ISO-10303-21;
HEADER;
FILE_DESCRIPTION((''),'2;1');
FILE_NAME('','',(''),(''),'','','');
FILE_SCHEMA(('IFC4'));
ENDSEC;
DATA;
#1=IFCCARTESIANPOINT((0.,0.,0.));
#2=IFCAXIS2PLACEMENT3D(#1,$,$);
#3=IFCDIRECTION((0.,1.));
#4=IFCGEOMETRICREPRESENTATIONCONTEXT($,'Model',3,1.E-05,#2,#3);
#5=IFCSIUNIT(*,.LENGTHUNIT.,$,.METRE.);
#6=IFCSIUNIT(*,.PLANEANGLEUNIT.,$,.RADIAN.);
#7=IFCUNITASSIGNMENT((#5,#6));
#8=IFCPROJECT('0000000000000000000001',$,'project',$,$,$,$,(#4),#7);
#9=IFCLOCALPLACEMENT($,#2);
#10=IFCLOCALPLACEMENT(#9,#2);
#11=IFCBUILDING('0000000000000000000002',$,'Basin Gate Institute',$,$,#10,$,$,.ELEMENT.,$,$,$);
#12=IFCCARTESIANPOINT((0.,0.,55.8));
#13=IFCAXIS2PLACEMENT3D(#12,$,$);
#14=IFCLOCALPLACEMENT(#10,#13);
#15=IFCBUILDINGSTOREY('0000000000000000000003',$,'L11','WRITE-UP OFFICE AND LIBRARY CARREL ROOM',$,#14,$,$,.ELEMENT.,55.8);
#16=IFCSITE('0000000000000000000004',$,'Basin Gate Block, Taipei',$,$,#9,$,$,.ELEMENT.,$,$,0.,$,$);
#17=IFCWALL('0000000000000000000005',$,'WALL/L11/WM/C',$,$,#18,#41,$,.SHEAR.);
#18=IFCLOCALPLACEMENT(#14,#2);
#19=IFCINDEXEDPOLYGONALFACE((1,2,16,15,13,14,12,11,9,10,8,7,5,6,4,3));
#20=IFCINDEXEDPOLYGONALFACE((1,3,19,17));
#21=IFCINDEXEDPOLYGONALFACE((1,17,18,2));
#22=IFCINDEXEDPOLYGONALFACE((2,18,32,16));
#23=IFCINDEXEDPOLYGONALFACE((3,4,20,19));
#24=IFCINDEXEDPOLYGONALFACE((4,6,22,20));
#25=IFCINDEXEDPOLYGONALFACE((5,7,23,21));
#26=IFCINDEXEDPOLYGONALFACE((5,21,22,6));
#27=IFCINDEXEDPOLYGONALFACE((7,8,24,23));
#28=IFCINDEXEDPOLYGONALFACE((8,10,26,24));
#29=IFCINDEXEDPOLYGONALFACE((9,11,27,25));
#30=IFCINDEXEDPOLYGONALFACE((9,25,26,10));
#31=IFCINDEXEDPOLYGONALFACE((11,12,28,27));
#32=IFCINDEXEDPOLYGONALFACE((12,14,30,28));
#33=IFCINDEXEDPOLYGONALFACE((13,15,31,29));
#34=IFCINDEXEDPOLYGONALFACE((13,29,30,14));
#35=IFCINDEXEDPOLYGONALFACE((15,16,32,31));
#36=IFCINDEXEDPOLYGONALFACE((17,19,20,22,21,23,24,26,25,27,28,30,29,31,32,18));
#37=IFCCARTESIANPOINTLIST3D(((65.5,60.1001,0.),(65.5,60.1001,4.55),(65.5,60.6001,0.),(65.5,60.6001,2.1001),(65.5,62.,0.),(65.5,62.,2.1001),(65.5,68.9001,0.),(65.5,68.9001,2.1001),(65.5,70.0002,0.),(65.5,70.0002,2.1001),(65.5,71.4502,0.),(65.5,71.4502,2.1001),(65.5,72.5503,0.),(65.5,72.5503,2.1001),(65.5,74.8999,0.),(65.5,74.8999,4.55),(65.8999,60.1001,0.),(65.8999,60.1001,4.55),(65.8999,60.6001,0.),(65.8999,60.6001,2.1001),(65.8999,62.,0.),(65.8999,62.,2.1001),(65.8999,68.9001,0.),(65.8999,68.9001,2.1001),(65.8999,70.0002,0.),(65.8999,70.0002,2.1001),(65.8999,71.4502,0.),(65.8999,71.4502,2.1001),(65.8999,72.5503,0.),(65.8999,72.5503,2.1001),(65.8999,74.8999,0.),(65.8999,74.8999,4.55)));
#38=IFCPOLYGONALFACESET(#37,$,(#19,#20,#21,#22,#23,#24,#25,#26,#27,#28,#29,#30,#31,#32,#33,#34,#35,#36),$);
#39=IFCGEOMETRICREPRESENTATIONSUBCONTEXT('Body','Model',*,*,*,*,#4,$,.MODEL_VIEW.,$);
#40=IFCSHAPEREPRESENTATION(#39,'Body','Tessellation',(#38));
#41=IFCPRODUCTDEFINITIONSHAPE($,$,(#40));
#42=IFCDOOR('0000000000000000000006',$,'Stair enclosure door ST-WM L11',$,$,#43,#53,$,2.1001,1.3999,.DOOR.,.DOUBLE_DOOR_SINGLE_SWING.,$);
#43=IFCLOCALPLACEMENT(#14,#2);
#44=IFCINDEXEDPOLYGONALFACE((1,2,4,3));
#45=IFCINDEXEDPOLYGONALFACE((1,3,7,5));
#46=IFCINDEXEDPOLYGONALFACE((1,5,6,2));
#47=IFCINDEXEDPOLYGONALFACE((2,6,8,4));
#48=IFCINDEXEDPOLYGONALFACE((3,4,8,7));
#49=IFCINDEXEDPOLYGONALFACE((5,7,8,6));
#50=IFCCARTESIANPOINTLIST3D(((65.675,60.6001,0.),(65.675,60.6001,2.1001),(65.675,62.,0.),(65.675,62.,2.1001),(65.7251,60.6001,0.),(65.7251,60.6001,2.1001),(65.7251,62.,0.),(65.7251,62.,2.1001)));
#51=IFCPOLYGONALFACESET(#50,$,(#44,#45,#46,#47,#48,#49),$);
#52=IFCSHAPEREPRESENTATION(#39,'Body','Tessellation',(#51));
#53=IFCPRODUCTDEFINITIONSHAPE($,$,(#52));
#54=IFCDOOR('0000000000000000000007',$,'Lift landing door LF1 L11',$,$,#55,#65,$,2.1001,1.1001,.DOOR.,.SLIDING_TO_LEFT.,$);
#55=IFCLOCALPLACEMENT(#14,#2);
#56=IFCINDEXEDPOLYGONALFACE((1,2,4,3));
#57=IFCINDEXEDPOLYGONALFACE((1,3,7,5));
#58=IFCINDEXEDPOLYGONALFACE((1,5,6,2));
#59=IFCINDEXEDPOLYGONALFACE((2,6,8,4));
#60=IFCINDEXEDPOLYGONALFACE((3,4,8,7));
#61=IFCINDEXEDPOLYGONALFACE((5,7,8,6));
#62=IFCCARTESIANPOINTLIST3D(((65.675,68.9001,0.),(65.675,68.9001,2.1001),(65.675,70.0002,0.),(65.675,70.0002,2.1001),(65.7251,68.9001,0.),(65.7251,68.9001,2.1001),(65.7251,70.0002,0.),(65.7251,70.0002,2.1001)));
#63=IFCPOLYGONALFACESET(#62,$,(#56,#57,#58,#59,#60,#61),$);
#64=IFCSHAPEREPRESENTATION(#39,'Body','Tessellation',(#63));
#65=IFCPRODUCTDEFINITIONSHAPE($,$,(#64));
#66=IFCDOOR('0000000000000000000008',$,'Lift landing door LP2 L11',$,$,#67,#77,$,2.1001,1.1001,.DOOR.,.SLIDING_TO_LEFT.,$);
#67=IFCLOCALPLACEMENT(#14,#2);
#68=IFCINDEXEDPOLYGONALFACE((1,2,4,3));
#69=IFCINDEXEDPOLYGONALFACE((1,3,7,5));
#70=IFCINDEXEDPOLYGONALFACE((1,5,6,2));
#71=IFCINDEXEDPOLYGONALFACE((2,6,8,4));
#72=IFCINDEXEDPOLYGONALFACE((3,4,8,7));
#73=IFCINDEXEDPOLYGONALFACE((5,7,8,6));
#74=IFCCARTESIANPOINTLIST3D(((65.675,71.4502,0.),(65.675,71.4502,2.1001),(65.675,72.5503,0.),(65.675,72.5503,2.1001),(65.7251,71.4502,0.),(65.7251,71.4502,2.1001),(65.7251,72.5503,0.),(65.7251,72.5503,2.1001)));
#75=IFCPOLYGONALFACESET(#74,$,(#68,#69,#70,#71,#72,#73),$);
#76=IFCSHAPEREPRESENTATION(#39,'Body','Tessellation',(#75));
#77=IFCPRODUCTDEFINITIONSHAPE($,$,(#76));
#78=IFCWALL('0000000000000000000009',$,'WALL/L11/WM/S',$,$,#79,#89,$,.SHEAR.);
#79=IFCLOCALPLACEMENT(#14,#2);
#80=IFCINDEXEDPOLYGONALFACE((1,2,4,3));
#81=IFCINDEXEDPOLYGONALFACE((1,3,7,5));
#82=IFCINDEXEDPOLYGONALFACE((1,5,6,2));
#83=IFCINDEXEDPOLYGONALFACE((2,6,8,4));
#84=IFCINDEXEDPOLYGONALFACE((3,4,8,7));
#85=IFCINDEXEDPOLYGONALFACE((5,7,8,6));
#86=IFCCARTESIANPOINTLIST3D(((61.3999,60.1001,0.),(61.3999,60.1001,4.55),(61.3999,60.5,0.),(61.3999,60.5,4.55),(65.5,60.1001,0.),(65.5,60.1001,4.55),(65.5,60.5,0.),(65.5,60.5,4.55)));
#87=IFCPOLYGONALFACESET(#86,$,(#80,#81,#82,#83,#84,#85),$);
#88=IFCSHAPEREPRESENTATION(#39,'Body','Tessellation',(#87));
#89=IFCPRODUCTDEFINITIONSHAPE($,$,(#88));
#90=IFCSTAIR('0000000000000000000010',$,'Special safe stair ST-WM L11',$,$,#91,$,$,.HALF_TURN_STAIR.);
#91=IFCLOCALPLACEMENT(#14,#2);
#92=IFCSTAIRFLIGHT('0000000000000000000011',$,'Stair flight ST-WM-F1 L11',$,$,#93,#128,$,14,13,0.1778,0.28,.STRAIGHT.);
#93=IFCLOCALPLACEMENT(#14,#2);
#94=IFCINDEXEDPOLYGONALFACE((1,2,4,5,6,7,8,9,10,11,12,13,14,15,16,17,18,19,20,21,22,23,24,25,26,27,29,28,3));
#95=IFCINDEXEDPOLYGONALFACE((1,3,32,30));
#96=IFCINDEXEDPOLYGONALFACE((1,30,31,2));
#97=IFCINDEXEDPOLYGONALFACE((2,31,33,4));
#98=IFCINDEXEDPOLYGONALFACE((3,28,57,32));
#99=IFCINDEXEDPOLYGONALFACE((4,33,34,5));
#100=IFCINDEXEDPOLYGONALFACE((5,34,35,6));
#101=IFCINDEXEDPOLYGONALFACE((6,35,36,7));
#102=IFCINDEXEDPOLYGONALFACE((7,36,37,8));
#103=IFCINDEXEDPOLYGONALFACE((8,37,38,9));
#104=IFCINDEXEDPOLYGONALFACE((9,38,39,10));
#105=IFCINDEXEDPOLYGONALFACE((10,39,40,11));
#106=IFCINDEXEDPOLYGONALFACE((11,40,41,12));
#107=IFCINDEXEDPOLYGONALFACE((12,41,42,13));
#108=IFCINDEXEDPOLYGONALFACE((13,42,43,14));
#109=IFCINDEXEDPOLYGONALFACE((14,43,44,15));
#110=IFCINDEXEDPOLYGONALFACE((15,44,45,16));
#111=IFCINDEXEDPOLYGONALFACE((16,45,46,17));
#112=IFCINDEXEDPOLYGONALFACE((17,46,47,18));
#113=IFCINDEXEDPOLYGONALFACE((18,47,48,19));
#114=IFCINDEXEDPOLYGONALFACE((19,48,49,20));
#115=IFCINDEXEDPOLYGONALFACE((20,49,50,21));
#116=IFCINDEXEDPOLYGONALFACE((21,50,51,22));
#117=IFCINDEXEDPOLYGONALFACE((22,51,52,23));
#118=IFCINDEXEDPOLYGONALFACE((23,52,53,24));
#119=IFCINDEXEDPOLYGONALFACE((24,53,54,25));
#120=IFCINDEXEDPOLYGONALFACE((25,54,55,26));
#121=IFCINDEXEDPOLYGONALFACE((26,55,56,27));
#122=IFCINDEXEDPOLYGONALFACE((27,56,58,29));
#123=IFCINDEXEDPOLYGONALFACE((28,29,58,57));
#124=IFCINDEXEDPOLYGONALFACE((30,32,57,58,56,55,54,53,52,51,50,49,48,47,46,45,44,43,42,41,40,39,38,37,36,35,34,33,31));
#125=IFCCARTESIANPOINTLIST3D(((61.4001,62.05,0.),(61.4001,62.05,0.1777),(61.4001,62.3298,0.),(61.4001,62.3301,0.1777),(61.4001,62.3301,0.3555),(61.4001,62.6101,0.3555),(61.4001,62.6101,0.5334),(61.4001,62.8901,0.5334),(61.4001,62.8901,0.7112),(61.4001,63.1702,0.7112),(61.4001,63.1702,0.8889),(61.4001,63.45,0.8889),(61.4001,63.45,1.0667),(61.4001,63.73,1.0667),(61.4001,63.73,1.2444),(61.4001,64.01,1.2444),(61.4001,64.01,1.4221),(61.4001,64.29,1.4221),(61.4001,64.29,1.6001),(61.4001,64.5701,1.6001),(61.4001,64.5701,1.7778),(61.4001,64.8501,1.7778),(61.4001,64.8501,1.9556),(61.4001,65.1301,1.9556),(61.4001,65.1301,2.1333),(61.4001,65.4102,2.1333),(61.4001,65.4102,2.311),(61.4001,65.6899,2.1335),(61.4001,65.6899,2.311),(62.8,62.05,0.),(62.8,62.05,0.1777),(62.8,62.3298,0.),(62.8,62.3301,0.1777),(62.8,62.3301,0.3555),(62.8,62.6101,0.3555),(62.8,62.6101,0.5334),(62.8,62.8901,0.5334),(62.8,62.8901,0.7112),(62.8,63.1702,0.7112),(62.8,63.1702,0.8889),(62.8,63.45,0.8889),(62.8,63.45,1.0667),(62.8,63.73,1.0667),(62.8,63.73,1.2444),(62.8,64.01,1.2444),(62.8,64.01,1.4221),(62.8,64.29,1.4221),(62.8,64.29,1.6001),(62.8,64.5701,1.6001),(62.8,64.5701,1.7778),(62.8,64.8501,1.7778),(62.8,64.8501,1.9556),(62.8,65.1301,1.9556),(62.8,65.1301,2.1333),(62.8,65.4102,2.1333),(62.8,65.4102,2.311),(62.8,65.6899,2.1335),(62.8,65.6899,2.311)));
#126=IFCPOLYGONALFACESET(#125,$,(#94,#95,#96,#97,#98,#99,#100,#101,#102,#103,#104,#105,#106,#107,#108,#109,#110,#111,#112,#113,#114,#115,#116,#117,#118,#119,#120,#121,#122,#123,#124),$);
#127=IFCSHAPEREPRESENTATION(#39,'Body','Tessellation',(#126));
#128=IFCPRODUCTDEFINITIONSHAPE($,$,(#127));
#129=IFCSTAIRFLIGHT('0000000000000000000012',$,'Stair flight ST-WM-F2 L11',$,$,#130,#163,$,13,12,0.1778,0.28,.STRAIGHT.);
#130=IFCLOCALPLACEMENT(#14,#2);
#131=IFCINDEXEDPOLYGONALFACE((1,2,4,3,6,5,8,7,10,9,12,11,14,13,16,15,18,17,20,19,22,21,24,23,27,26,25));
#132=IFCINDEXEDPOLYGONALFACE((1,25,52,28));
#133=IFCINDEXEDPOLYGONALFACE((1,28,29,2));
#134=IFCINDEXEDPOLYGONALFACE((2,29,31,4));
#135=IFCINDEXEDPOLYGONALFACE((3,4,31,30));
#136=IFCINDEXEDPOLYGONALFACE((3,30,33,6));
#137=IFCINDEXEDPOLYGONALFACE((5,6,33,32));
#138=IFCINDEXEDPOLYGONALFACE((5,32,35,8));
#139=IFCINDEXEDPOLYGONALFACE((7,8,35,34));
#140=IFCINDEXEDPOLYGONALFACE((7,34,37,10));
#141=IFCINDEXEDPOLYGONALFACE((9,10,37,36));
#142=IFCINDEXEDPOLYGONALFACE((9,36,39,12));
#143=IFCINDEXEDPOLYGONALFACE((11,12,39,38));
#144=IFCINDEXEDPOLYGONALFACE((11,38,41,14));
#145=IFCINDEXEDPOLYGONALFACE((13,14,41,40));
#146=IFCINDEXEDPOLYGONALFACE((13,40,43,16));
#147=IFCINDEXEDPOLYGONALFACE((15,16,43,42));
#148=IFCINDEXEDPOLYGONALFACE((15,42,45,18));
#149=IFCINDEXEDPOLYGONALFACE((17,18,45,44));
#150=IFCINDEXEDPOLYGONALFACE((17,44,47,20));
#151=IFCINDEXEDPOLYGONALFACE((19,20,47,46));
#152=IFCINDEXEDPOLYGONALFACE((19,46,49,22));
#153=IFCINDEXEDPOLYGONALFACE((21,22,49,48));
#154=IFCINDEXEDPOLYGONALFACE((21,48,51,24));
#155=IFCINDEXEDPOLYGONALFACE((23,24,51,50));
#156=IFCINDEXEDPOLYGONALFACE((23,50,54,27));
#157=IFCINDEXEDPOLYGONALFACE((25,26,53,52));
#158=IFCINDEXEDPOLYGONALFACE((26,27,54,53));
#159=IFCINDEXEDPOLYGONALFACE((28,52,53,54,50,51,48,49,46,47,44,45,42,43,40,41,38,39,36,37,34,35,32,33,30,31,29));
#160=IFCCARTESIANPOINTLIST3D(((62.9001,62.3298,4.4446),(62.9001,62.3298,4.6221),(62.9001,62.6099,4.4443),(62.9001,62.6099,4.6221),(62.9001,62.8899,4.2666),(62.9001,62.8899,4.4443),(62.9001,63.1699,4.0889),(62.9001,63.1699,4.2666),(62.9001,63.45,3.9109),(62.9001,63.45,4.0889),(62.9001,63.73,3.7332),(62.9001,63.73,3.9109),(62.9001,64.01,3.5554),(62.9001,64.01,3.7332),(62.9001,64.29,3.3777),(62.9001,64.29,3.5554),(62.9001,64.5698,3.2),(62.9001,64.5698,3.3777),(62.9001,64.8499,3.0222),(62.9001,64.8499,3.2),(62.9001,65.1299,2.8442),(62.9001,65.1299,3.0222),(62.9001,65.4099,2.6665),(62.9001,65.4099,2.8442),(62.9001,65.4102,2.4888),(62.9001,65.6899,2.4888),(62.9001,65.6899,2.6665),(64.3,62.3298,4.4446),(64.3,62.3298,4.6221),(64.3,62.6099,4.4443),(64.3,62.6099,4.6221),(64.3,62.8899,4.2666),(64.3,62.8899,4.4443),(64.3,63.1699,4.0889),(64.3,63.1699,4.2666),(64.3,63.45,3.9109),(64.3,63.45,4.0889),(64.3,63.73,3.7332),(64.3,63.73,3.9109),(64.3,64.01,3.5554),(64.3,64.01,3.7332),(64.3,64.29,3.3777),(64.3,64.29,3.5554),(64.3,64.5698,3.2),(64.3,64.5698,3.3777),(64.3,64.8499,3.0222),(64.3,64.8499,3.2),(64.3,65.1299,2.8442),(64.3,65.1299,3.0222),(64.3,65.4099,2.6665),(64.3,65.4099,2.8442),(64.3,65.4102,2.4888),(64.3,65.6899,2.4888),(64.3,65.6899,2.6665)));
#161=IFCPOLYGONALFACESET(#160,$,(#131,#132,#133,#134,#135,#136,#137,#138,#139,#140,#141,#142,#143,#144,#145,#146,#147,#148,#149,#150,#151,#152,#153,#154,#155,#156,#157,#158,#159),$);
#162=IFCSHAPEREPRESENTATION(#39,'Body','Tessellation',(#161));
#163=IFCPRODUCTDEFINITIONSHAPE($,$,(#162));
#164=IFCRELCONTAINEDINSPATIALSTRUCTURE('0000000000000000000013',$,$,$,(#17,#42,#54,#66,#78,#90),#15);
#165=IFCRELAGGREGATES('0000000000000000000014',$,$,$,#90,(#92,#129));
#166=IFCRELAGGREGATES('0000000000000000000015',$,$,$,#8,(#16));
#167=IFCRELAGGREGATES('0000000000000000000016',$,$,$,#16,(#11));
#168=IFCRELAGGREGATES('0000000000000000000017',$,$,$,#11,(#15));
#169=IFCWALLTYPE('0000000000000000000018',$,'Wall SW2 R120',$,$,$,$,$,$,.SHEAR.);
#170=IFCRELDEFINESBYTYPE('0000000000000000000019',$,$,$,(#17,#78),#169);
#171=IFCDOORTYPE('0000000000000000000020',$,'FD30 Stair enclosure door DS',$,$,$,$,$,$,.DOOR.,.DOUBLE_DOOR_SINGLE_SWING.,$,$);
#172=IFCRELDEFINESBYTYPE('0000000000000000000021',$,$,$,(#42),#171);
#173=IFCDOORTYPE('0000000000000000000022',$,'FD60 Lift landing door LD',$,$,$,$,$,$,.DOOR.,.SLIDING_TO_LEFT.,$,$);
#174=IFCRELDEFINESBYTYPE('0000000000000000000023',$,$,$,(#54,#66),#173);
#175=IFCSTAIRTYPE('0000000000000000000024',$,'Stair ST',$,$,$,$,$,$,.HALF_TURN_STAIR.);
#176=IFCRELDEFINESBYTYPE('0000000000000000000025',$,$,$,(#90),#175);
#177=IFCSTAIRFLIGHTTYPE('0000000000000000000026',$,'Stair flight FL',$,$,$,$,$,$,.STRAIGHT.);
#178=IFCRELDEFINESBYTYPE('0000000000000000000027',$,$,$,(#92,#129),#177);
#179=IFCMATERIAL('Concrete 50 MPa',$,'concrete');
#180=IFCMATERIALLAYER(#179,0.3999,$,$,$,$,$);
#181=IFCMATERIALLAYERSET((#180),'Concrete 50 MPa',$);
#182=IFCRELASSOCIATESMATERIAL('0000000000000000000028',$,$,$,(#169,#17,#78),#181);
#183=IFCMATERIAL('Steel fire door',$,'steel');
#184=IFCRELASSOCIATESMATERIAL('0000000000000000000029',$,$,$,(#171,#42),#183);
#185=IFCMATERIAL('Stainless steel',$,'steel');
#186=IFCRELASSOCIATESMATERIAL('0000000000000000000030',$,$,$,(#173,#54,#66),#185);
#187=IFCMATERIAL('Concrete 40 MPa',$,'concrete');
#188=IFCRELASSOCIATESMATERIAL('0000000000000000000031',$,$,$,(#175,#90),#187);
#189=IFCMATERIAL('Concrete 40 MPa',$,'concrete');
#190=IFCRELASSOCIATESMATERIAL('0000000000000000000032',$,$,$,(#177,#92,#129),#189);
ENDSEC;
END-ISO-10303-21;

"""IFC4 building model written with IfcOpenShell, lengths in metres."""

from ifc_helpers import new_model, si_unit, direction, frame, frame_2d, origin, place, context, subcontext, project, spatial, polyline, rectangle, outline, extrude, material, layer, layer_set, type_object, element, fill, aggregate, save


model = new_model("IFC4")

# Units and contexts
model_context = context("Model", 3, precision=1e-05, world=origin(), true_north=direction((0.0, 1.0)))
body_context = subcontext(model_context, "Body", "Model", "MODEL_VIEW")
ifc_project = project(units=[si_unit("LENGTHUNIT", "METRE"), si_unit("PLANEANGLEUNIT", "RADIAN")], contexts=[model_context])

# Site, building, storey
site_placement = place(None, origin())
site = spatial("IfcSite", under=ifc_project, at=site_placement, Name="Basin Gate Block, Taipei", CompositionType="ELEMENT", RefElevation=0.0)
building_placement = place(site_placement, origin())
building = spatial("IfcBuilding", under=site, at=building_placement, Name="Basin Gate Institute", CompositionType="ELEMENT")
storey_placement = place(building_placement, frame((0.0, 0.0, 55.8)))
storey = spatial("IfcBuildingStorey", under=building, at=storey_placement, Name="L11", Description="WRITE-UP OFFICE AND LIBRARY CARREL ROOM", CompositionType="ELEMENT", Elevation=55.8)

# Wall, openings, doors
ifc_material_1 = material(Name="Concrete 50 MPa", Category="concrete")
ifc_layer_1 = layer(ifc_material_1, 0.3999)
ifc_layer_set_1 = layer_set([ifc_layer_1], Name="Concrete 50 MPa")
wall_type_1 = type_object("IfcWallType", Name="Wall SW2 R120", PredefinedType="SHEAR", material=ifc_layer_set_1)
wall_1_placement = place(storey_placement, frame((65.7, 60.1001, 0.0), z_axis=(0.0, 0.0, 1.0), x_axis=(0.0, 1.0, 0.0)))
wall_1 = element("IfcWall", 1, at=wall_1_placement, inside=storey, type_object=wall_type_1, material=ifc_layer_set_1, Name="WALL/L11/WM/C", PredefinedType="SHEAR", context=body_context, shape_type="SweptSolid", body=[
    extrude(rectangle(XDim=14.7998, YDim=0.3999, at=frame_2d((7.3999, 0.0))), origin(), (0.0, 0.0, 1.0), 4.55),
])
opening_1_placement = place(wall_1_placement, frame((0.5, 0.0, 0.0)))
opening_1 = element("IfcOpeningElement", 2, at=opening_1_placement, cuts=wall_1, PredefinedType="OPENING", context=body_context, shape_type="SweptSolid", body=[
    extrude(rectangle(XDim=1.3999, YDim=2.1001, at=frame_2d((0.7, 1.05))), frame((0.0, 0.21, 0.0), z_axis=(0.0, -1.0, 0.0), x_axis=(1.0, 0.0, 0.0)), (0.0, 0.0, 1.0), 0.4199),
])
opening_2_placement = place(wall_1_placement, frame((8.8, 0.0, 0.0)))
opening_2 = element("IfcOpeningElement", 3, at=opening_2_placement, cuts=wall_1, PredefinedType="OPENING", context=body_context, shape_type="SweptSolid", body=[
    extrude(rectangle(XDim=1.1001, YDim=2.1001, at=frame_2d((0.55, 1.05))), frame((0.0, 0.21, 0.0), z_axis=(0.0, -1.0, 0.0), x_axis=(1.0, 0.0, 0.0)), (0.0, 0.0, 1.0), 0.4199),
])
opening_3_placement = place(wall_1_placement, frame((11.3501, 0.0, 0.0)))
opening_3 = element("IfcOpeningElement", 4, at=opening_3_placement, cuts=wall_1, PredefinedType="OPENING", context=body_context, shape_type="SweptSolid", body=[
    extrude(rectangle(XDim=1.1001, YDim=2.1001, at=frame_2d((0.55, 1.05))), frame((0.0, 0.21, 0.0), z_axis=(0.0, -1.0, 0.0), x_axis=(1.0, 0.0, 0.0)), (0.0, 0.0, 1.0), 0.4199),
])
ifc_material_2 = material(Name="Steel fire door", Category="steel")
door_type_1 = type_object("IfcDoorType", Name="FD30 Stair enclosure door DS", OperationType="DOUBLE_DOOR_SINGLE_SWING", PredefinedType="DOOR", material=ifc_material_2)
door_1_placement = place(opening_1_placement, origin())
door_1 = element("IfcDoor", 5, at=door_1_placement, inside=storey, type_object=door_type_1, material=ifc_material_2, Name="Stair enclosure door ST-WM L11", OperationType="DOUBLE_DOOR_SINGLE_SWING", OverallHeight=2.1001, OverallWidth=1.3999, PredefinedType="DOOR", context=body_context, shape_type="SweptSolid", body=[
    extrude(rectangle(XDim=1.3999, YDim=2.1001, at=frame_2d((0.7, 1.05))), frame((0.0, 0.0249, 0.0), z_axis=(0.0, -1.0, 0.0), x_axis=(1.0, 0.0, 0.0)), (0.0, 0.0, 1.0), 0.05),
])
fill(opening_1, door_1)
ifc_material_3 = material(Name="Stainless steel", Category="steel")
door_type_2 = type_object("IfcDoorType", Name="FD60 Lift landing door LD", OperationType="SLIDING_TO_LEFT", PredefinedType="DOOR", material=ifc_material_3)
door_2_placement = place(opening_2_placement, origin())
door_2 = element("IfcDoor", 6, at=door_2_placement, inside=storey, type_object=door_type_2, material=ifc_material_3, Name="Lift landing door LF1 L11", OperationType="SLIDING_TO_LEFT", OverallHeight=2.1001, OverallWidth=1.1001, PredefinedType="DOOR", context=body_context, shape_type="SweptSolid", body=[
    extrude(rectangle(XDim=1.1001, YDim=2.1001, at=frame_2d((0.55, 1.05))), frame((0.0, 0.0249, 0.0), z_axis=(0.0, -1.0, 0.0), x_axis=(1.0, 0.0, 0.0)), (0.0, 0.0, 1.0), 0.05),
])
fill(opening_2, door_2)
door_3_placement = place(opening_3_placement, origin())
door_3 = element("IfcDoor", 7, at=door_3_placement, inside=storey, type_object=door_type_2, material=ifc_material_3, Name="Lift landing door LP2 L11", OperationType="SLIDING_TO_LEFT", OverallHeight=2.1001, OverallWidth=1.1001, PredefinedType="DOOR", context=body_context, shape_type="SweptSolid", body=[
    extrude(rectangle(XDim=1.1001, YDim=2.1001, at=frame_2d((0.55, 1.05))), frame((0.0, 0.0249, 0.0), z_axis=(0.0, -1.0, 0.0), x_axis=(1.0, 0.0, 0.0)), (0.0, 0.0, 1.0), 0.05),
])
fill(opening_3, door_3)

# Wall
wall_2_placement = place(storey_placement, frame((61.3999, 60.3, 0.0), z_axis=(0.0, 0.0, 1.0), x_axis=(1.0, 0.0, 0.0)))
element("IfcWall", 8, at=wall_2_placement, inside=storey, type_object=wall_type_1, material=ifc_layer_set_1, Name="WALL/L11/WM/S", PredefinedType="SHEAR", context=body_context, shape_type="SweptSolid", body=[
    extrude(rectangle(XDim=4.1001, YDim=0.3999, at=frame_2d((2.05, 0.0))), origin(), (0.0, 0.0, 1.0), 4.55),
])

# Stair, stair flights
ifc_material_4 = material(Name="Concrete 40 MPa", Category="concrete")
stair_type = type_object("IfcStairType", Name="Stair ST", PredefinedType="HALF_TURN_STAIR", material=ifc_material_4)
stair_placement = place(storey_placement, origin())
stair = element("IfcStair", 9, at=stair_placement, inside=storey, type_object=stair_type, material=ifc_material_4, Name="Special safe stair ST-WM L11", PredefinedType="HALF_TURN_STAIR")
ifc_material_5 = material(Name="Concrete 40 MPa", Category="concrete")
stair_flight_type = type_object("IfcStairFlightType", Name="Stair flight FL", PredefinedType="STRAIGHT", material=ifc_material_5)
stair_flight_1_placement = place(storey_placement, frame((62.1001, 62.05, 0.0), z_axis=(0.0, 0.0, 1.0), x_axis=(0.0, 1.0, 0.0)))
stair_flight_1 = element("IfcStairFlight", 10, at=stair_flight_1_placement, type_object=stair_flight_type, material=ifc_material_5, Name="Stair flight ST-WM-F1 L11", NumberOfRisers=14, NumberOfTreads=13, PredefinedType="STRAIGHT", RiserHeight=0.1778, TreadLength=0.28, context=body_context, shape_type="SweptSolid", body=[
    extrude(outline(polyline([(0.0, 0.0), (0.0, 0.1777), (0.28, 0.1777), (0.28, 0.3555), (0.5601, 0.3555), (0.5601, 0.5334), (0.8401, 0.5334), (0.8401, 0.7112), (1.1201, 0.7112), (1.1201, 0.8889), (1.3999, 0.8889), (1.3999, 1.0667), (1.6799, 1.0667), (1.6799, 1.2444), (1.96, 1.2444), (1.96, 1.4221), (2.24, 1.4221), (2.24, 1.6001), (2.52, 1.6001), (2.52, 1.7778), (2.8, 1.7778), (2.8, 1.9556), (3.0801, 1.9556), (3.0801, 2.1333), (3.3601, 2.1333), (3.3601, 2.311), (3.6399, 2.311), (3.6399, 2.4888), (3.6399, 2.1335), (0.2798, 0.0), (0.0, 0.0)])), frame((0.0, 0.7, 0.0), z_axis=(0.0, -1.0, 0.0), x_axis=(1.0, 0.0, 0.0)), (0.0, 0.0, 1.0), 1.3999),
])
stair_flight_2_placement = place(storey_placement, frame((63.6001, 65.6899, 2.4888), z_axis=(0.0, 0.0, 1.0), x_axis=(0.0, -1.0, 0.0)))
stair_flight_2 = element("IfcStairFlight", 11, at=stair_flight_2_placement, type_object=stair_flight_type, material=ifc_material_5, Name="Stair flight ST-WM-F2 L11", NumberOfRisers=13, NumberOfTreads=12, PredefinedType="STRAIGHT", RiserHeight=0.1778, TreadLength=0.28, context=body_context, shape_type="SweptSolid", body=[
    extrude(outline(polyline([(0.0, 0.0), (0.0, 0.1777), (0.28, 0.1777), (0.28, 0.3555), (0.5601, 0.3555), (0.5601, 0.5334), (0.8401, 0.5334), (0.8401, 0.7112), (1.1201, 0.7112), (1.1201, 0.8889), (1.3999, 0.8889), (1.3999, 1.0667), (1.6799, 1.0667), (1.6799, 1.2444), (1.96, 1.2444), (1.96, 1.4221), (2.24, 1.4221), (2.24, 1.6001), (2.52, 1.6001), (2.52, 1.7778), (2.8, 1.7778), (2.8, 1.9556), (3.0801, 1.9556), (3.0801, 2.1333), (3.3601, 2.1333), (3.3601, 2.311), (3.3601, 1.9558), (0.2798, 0.0), (0.0, 0.0)])), frame((0.0, 0.7, 0.0), z_axis=(0.0, -1.0, 0.0), x_axis=(1.0, 0.0, 0.0)), (0.0, 0.0, 1.0), 1.3999),
])
aggregate(stair, [stair_flight_1, stair_flight_2])

save(model, "model.ifc")
